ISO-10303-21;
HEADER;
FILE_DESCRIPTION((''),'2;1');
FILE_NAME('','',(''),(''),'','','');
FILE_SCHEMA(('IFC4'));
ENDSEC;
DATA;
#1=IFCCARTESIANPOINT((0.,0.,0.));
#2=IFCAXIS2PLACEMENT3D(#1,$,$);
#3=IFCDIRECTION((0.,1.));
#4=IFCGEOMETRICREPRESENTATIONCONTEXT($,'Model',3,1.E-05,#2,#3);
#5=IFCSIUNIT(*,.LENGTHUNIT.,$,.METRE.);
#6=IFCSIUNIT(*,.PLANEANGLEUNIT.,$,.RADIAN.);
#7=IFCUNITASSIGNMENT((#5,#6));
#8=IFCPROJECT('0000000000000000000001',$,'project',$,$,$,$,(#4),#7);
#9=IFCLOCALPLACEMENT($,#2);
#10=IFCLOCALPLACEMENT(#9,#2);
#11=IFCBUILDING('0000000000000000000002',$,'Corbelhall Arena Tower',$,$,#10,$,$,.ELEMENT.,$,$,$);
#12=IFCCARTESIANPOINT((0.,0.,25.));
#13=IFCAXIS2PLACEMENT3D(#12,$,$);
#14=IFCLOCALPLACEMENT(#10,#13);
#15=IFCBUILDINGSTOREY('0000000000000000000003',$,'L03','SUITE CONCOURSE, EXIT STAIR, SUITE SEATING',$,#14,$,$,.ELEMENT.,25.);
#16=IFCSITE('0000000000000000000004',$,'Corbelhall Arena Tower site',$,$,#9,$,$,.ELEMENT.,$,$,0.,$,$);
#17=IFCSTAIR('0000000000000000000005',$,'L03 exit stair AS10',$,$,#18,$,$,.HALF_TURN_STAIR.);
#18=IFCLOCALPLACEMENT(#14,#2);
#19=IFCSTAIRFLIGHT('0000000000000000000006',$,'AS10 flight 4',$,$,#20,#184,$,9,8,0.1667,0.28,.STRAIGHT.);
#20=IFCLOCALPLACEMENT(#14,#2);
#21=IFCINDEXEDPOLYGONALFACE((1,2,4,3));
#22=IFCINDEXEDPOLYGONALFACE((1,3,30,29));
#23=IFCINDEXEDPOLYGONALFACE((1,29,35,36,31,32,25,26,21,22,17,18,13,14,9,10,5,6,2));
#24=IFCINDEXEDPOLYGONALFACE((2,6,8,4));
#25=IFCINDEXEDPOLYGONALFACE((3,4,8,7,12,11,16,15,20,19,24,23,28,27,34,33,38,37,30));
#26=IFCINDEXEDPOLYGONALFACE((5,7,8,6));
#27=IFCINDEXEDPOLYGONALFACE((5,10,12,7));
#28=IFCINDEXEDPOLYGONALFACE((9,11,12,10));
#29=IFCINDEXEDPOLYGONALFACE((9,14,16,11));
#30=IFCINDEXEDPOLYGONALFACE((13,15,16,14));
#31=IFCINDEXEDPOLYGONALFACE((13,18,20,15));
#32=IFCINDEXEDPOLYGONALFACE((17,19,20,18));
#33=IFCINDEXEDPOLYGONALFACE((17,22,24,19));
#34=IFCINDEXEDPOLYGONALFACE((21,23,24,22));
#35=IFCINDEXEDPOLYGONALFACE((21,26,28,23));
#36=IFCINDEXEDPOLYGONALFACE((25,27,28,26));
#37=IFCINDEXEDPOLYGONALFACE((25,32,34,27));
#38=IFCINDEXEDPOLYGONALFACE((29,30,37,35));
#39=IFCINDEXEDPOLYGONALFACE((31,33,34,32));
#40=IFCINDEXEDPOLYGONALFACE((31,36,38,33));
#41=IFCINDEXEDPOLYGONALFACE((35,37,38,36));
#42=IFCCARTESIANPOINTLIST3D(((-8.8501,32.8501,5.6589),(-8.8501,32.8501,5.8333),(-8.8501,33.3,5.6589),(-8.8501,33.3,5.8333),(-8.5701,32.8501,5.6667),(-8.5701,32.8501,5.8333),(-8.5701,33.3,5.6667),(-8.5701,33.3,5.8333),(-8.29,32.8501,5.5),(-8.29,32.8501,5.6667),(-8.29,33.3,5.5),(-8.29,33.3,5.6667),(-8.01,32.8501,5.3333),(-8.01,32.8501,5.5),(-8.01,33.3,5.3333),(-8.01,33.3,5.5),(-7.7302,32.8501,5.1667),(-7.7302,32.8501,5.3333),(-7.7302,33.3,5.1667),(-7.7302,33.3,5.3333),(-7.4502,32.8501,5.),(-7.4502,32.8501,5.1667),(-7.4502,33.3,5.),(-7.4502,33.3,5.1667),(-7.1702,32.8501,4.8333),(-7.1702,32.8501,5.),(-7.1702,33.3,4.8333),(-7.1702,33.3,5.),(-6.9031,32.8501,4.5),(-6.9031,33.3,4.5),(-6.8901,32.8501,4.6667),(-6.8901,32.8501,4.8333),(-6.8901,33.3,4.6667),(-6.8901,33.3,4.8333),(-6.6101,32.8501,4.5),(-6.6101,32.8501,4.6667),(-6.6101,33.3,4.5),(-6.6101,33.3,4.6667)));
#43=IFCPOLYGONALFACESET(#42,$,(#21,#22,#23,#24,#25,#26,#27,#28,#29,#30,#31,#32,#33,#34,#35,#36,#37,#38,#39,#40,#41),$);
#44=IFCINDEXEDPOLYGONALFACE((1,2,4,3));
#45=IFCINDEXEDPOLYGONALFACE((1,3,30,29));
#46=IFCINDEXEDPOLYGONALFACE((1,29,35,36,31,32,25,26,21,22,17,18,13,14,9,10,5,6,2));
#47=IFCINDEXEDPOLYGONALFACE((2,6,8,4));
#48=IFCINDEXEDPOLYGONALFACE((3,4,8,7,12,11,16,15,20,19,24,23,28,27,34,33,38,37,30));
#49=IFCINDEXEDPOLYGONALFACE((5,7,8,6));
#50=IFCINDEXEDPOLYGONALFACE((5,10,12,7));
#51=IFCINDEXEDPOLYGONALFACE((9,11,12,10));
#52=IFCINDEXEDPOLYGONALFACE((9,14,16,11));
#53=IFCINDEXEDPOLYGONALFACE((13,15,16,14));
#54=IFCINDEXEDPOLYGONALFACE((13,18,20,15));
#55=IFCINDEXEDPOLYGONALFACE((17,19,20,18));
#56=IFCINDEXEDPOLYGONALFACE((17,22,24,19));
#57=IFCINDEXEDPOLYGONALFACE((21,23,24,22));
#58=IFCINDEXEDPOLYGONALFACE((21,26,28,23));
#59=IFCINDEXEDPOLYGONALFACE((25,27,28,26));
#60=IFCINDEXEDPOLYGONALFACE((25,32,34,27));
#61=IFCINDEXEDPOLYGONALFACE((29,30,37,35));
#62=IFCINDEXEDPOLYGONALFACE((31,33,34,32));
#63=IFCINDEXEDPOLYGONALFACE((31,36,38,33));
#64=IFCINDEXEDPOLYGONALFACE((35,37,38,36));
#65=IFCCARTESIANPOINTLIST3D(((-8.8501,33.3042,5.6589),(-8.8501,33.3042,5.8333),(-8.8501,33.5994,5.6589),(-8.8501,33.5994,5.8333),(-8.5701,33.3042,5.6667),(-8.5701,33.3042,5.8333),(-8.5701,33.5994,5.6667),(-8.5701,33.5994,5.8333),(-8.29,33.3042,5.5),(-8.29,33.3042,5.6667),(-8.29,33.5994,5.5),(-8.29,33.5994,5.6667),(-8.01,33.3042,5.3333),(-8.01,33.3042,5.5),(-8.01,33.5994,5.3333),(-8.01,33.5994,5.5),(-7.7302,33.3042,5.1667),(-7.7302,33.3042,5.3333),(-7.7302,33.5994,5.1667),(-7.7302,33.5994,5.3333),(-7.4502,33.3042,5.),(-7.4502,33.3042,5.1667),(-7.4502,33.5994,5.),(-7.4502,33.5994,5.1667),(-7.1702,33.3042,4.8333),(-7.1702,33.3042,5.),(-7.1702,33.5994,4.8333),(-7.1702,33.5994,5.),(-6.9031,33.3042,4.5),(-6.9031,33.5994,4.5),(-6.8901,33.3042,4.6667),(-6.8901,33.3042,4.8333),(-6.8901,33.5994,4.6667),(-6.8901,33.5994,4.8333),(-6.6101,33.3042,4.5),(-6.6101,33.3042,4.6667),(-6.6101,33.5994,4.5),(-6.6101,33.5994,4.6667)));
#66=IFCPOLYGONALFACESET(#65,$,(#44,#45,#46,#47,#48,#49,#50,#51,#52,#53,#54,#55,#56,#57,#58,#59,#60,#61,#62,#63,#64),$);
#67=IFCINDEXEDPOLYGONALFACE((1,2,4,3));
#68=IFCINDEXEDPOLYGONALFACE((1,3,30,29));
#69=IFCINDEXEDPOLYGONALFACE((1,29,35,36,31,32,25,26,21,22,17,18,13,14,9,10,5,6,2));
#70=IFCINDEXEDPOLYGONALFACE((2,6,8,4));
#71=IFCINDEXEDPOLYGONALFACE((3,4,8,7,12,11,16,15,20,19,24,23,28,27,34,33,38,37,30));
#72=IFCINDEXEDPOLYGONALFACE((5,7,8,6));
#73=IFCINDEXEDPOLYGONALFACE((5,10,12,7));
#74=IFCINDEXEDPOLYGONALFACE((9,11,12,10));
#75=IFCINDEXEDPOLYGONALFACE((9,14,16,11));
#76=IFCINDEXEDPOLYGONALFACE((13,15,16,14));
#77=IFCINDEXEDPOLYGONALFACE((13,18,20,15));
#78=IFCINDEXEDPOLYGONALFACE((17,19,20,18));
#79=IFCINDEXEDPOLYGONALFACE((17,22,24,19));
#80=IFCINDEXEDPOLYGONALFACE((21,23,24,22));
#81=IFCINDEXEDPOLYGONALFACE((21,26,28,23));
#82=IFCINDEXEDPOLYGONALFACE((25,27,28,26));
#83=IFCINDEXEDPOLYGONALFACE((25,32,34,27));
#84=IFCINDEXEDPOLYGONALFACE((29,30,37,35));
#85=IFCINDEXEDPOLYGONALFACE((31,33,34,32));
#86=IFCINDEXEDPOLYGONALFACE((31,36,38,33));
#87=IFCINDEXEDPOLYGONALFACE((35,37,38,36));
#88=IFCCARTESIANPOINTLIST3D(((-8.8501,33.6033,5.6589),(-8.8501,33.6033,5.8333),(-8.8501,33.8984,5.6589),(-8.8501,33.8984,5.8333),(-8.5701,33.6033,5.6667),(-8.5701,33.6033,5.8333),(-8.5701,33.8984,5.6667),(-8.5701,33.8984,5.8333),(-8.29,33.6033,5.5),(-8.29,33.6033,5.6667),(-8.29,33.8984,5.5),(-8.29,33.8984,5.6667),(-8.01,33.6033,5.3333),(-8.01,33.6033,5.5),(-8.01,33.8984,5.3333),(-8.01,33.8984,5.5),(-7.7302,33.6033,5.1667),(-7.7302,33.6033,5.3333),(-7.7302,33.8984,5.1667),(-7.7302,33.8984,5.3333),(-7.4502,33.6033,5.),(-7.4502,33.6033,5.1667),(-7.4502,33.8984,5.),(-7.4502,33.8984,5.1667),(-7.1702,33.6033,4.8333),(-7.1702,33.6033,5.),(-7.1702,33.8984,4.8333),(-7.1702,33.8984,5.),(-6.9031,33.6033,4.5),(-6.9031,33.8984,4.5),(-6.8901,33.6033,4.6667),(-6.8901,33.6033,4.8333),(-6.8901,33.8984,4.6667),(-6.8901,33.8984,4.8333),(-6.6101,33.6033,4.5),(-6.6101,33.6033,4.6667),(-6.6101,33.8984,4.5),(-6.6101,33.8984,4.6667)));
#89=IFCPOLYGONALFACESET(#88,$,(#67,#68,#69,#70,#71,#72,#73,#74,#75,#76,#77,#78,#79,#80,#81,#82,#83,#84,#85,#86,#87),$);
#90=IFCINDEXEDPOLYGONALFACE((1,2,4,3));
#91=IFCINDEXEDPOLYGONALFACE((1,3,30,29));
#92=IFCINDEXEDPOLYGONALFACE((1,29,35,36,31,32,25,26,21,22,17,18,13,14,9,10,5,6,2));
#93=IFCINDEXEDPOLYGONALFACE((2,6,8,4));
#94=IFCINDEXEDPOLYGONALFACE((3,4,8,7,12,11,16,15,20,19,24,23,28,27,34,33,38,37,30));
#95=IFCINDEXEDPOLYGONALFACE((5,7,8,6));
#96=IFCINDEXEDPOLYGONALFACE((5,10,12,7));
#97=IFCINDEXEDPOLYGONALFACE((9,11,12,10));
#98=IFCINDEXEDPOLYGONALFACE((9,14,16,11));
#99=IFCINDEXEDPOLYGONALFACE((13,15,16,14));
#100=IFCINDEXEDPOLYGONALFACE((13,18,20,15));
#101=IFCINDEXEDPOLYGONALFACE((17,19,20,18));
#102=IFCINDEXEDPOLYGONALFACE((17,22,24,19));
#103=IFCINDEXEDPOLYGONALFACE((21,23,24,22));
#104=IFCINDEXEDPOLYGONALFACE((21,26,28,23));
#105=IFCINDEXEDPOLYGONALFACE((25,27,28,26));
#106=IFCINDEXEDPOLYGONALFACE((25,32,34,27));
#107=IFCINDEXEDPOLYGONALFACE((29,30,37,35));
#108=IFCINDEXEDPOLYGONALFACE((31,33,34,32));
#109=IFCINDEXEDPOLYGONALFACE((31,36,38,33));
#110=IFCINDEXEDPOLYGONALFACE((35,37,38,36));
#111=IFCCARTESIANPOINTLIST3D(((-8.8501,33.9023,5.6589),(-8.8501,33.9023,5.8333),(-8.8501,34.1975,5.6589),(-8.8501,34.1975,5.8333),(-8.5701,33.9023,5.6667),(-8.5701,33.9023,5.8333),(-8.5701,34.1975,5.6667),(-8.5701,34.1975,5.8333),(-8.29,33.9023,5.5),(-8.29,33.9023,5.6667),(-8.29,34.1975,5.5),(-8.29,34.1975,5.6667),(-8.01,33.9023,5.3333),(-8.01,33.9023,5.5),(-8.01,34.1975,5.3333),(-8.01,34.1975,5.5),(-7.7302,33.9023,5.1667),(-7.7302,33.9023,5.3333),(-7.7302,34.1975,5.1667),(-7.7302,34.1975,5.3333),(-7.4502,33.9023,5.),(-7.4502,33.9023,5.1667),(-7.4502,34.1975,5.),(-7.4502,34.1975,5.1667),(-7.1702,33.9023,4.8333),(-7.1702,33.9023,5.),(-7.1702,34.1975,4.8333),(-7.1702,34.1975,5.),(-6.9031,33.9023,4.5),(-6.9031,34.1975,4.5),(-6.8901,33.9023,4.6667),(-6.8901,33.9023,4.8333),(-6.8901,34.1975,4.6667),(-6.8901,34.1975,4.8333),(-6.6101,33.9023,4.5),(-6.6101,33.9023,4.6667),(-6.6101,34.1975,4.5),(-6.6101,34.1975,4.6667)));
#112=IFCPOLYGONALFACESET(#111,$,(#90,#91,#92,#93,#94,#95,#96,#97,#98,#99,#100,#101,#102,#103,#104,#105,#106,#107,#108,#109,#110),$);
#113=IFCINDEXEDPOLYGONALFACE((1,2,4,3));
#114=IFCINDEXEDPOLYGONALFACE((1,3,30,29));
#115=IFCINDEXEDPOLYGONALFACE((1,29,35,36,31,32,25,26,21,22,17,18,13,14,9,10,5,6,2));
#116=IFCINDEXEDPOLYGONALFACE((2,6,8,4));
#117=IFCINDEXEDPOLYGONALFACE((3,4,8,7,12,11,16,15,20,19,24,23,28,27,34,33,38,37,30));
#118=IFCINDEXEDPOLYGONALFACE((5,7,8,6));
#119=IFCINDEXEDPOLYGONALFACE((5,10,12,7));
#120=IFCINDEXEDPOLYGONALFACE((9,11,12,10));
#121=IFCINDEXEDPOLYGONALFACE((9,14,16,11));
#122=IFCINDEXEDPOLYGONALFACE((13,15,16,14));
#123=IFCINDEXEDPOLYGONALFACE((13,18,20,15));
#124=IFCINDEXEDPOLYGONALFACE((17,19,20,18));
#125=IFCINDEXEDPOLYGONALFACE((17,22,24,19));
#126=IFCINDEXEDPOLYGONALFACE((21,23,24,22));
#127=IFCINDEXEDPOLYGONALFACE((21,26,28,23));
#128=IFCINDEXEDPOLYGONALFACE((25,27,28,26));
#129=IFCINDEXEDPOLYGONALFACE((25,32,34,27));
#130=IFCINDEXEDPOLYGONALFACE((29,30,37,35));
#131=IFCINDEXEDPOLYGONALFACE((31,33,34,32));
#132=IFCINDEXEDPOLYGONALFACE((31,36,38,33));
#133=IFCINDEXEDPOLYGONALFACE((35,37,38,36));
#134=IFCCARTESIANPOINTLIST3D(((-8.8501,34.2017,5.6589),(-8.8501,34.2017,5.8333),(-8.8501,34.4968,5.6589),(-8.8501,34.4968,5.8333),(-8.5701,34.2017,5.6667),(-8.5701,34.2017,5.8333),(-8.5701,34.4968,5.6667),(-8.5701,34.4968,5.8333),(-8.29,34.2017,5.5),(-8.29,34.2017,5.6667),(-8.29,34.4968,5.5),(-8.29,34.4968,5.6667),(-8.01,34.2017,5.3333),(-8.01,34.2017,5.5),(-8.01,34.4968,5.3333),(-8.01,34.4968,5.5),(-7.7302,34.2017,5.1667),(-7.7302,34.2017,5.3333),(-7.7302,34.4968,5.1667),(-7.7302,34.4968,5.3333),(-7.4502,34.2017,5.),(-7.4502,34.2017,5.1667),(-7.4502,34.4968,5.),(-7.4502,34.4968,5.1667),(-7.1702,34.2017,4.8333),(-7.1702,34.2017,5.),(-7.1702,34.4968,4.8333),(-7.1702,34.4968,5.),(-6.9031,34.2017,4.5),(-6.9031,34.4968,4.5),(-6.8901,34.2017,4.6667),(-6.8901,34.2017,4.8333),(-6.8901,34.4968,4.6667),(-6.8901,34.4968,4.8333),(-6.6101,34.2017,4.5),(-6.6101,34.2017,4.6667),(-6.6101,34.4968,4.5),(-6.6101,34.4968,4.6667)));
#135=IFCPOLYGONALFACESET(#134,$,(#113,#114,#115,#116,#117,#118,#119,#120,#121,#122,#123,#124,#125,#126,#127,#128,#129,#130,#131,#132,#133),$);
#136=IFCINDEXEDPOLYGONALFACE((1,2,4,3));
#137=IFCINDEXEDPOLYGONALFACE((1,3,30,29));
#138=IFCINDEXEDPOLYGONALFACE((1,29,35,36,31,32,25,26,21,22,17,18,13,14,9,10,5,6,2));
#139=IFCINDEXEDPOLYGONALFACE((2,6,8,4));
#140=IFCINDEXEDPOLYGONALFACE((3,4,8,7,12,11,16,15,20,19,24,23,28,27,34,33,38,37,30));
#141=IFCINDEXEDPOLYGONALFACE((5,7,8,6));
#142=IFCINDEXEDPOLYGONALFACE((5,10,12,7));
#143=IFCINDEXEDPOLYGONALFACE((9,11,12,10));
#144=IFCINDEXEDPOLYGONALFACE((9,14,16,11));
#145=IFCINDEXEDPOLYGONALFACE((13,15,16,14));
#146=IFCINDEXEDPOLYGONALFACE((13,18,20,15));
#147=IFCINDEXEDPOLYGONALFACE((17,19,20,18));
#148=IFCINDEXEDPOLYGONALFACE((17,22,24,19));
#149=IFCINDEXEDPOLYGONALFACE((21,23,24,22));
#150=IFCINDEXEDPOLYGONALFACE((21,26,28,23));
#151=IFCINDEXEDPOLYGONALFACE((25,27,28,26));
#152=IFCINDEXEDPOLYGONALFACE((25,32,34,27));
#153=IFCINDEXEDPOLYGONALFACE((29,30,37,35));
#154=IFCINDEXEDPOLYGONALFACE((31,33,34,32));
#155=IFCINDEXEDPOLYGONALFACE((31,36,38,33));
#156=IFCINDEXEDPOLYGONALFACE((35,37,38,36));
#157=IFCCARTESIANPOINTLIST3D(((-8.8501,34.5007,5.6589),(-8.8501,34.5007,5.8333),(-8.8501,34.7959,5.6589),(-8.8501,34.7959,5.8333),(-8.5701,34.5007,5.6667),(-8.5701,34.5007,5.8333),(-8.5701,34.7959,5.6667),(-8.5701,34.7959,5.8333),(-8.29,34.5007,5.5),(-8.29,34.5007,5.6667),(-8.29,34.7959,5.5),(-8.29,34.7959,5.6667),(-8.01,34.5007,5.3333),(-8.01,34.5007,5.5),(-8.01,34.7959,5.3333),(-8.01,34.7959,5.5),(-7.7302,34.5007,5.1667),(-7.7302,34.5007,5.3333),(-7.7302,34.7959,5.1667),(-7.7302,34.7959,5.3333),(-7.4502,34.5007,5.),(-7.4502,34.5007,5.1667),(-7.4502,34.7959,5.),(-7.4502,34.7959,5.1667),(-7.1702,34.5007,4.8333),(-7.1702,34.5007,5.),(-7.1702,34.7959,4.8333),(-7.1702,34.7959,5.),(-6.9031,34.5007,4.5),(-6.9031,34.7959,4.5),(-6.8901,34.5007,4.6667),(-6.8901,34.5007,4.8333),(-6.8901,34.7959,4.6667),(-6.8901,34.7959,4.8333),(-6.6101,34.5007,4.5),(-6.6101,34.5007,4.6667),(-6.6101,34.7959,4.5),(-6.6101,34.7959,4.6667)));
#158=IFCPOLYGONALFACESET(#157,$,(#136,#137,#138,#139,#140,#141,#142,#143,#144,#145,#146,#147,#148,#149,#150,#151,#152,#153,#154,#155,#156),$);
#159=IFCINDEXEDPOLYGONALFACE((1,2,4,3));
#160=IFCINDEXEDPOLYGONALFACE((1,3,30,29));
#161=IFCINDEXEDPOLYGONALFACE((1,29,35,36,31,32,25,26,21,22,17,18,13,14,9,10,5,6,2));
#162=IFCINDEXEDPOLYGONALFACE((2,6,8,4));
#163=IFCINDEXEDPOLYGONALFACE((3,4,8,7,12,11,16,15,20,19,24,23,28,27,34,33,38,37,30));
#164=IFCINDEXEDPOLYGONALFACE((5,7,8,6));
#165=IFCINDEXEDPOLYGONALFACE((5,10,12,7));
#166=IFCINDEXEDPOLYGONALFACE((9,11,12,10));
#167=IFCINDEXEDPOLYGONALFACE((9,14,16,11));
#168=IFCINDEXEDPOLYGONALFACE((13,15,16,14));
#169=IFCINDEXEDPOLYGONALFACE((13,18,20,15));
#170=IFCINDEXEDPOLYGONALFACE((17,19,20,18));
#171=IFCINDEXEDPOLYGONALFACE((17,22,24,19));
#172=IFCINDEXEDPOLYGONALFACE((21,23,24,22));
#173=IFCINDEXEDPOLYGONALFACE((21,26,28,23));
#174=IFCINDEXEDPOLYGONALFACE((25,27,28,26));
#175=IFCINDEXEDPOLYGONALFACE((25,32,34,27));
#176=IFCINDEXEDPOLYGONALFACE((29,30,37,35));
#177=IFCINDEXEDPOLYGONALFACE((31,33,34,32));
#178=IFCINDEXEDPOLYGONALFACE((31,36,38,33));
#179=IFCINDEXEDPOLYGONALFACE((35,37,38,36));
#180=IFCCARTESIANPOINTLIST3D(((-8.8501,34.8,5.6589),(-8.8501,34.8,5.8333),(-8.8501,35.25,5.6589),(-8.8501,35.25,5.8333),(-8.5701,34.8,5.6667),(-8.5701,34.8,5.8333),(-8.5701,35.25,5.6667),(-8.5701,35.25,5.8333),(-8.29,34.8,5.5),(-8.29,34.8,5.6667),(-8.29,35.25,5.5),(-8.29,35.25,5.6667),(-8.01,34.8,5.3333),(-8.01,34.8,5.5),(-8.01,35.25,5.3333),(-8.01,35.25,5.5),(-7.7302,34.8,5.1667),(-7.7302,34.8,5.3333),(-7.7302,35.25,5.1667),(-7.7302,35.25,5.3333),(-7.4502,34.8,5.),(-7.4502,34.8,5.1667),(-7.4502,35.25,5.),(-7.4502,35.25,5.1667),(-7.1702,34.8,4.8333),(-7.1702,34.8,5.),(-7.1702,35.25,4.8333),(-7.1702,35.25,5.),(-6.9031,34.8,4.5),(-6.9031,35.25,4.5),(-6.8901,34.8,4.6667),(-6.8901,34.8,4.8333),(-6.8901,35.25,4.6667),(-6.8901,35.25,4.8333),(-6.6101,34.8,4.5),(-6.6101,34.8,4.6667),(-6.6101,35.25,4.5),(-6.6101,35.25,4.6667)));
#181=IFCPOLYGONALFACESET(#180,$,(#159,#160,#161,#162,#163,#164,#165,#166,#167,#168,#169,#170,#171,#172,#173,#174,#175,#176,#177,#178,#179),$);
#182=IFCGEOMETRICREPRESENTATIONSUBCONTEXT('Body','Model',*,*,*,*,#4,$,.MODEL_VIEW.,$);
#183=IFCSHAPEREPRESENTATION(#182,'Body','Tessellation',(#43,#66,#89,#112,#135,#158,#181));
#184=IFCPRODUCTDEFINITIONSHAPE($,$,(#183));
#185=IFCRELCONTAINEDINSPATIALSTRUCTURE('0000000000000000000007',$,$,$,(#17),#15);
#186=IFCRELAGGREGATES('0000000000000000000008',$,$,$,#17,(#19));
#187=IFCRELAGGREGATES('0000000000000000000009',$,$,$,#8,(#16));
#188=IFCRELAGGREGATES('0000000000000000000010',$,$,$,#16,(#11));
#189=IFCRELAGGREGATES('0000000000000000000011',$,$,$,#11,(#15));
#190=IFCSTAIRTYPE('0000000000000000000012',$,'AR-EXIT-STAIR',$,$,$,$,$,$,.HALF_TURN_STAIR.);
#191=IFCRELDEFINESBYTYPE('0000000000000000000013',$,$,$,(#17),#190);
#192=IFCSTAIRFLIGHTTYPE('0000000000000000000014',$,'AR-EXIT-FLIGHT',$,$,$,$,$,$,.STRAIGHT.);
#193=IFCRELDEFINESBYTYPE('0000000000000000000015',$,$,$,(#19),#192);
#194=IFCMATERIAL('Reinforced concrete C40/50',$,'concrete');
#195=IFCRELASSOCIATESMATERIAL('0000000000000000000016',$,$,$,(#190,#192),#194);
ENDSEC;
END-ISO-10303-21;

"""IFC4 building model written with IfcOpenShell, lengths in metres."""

from ifc_helpers import new_model, si_unit, direction, frame, origin, place, context, subcontext, project, spatial, polyline, outline, extrude, material, type_object, element, aggregate, save


model = new_model("IFC4")

# Units and contexts
model_context = context("Model", 3, precision=1e-05, world=origin(), true_north=direction((0.0, 1.0)))
body_context = subcontext(model_context, "Body", "Model", "MODEL_VIEW")
ifc_project = project(units=[si_unit("LENGTHUNIT", "METRE"), si_unit("PLANEANGLEUNIT", "RADIAN")], contexts=[model_context])

# Site, building, storey
site_placement = place(None, origin())
site = spatial("IfcSite", under=ifc_project, at=site_placement, Name="Corbelhall Arena Tower site", CompositionType="ELEMENT", RefElevation=0.0)
building_placement = place(site_placement, origin())
building = spatial("IfcBuilding", under=site, at=building_placement, Name="Corbelhall Arena Tower", CompositionType="ELEMENT")
storey_placement = place(building_placement, frame((0.0, 0.0, 25.0)))
storey = spatial("IfcBuildingStorey", under=building, at=storey_placement, Name="L03", Description="SUITE CONCOURSE, EXIT STAIR, SUITE SEATING", CompositionType="ELEMENT", Elevation=25.0)

# Shared definitions
ifc_material_1 = material(Name="Reinforced concrete C40/50", Category="concrete")

# Stair, stair flight
stair_type = type_object("IfcStairType", Name="AR-EXIT-STAIR", PredefinedType="HALF_TURN_STAIR", material=ifc_material_1)
stair_placement = place(storey_placement, origin())
stair = element("IfcStair", 1, at=stair_placement, inside=storey, type_object=stair_type, Name="L03 exit stair AS10", PredefinedType="HALF_TURN_STAIR")
stair_flight_type = type_object("IfcStairFlightType", Name="AR-EXIT-FLIGHT", PredefinedType="STRAIGHT", material=ifc_material_1)
stair_flight_1_placement = place(storey_placement, frame((-6.6101, 34.05, 4.5), z_axis=(0.0, 0.0, 1.0), x_axis=(-1.0, 0.0, 0.0)))
stair_flight_1 = element("IfcStairFlight", 2, at=stair_flight_1_placement, type_object=stair_flight_type, Name="AS10 flight 4", NumberOfRisers=9, NumberOfTreads=8, PredefinedType="STRAIGHT", RiserHeight=0.1667, TreadLength=0.28, context=body_context, shape_type="SweptSolid", body=[
    extrude(outline(polyline([(0.0, 0.0), (0.0, 0.1667), (0.28, 0.1667), (0.28, 0.3333), (0.5601, 0.3333), (0.5601, 0.5), (0.8401, 0.5), (0.8401, 0.6667), (1.1201, 0.6667), (1.1201, 0.8333), (1.3999, 0.8333), (1.3999, 1.0), (1.6799, 1.0), (1.6799, 1.1667), (1.96, 1.1667), (1.96, 1.3333), (2.24, 1.3333), (2.24, 1.5), (2.24, 1.1589), (0.293, 0.0), (0.0, 0.0)])), frame((0.0, 1.2, 0.0), z_axis=(0.0, -1.0, 0.0), x_axis=(1.0, 0.0, 0.0)), (0.0, 0.0, 1.0), 0.45),
    extrude(outline(polyline([(0.0, 0.0), (0.0, 0.1667), (0.28, 0.1667), (0.28, 0.3333), (0.5601, 0.3333), (0.5601, 0.5), (0.8401, 0.5), (0.8401, 0.6667), (1.1201, 0.6667), (1.1201, 0.8333), (1.3999, 0.8333), (1.3999, 1.0), (1.6799, 1.0), (1.6799, 1.1667), (1.96, 1.1667), (1.96, 1.3333), (2.24, 1.3333), (2.24, 1.5), (2.24, 1.1589), (0.293, 0.0), (0.0, 0.0)])), frame((0.0, 0.7458, 0.0), z_axis=(0.0, -1.0, 0.0), x_axis=(1.0, 0.0, 0.0)), (0.0, 0.0, 1.0), 0.2952),
    extrude(outline(polyline([(0.0, 0.0), (0.0, 0.1667), (0.28, 0.1667), (0.28, 0.3333), (0.5601, 0.3333), (0.5601, 0.5), (0.8401, 0.5), (0.8401, 0.6667), (1.1201, 0.6667), (1.1201, 0.8333), (1.3999, 0.8333), (1.3999, 1.0), (1.6799, 1.0), (1.6799, 1.1667), (1.96, 1.1667), (1.96, 1.3333), (2.24, 1.3333), (2.24, 1.5), (2.24, 1.1589), (0.293, 0.0), (0.0, 0.0)])), frame((0.0, 0.4468, 0.0), z_axis=(0.0, -1.0, 0.0), x_axis=(1.0, 0.0, 0.0)), (0.0, 0.0, 1.0), 0.2952),
    extrude(outline(polyline([(0.0, 0.0), (0.0, 0.1667), (0.28, 0.1667), (0.28, 0.3333), (0.5601, 0.3333), (0.5601, 0.5), (0.8401, 0.5), (0.8401, 0.6667), (1.1201, 0.6667), (1.1201, 0.8333), (1.3999, 0.8333), (1.3999, 1.0), (1.6799, 1.0), (1.6799, 1.1667), (1.96, 1.1667), (1.96, 1.3333), (2.24, 1.3333), (2.24, 1.5), (2.24, 1.1589), (0.293, 0.0), (0.0, 0.0)])), frame((0.0, 0.1477, 0.0), z_axis=(0.0, -1.0, 0.0), x_axis=(1.0, 0.0, 0.0)), (0.0, 0.0, 1.0), 0.2952),
    extrude(outline(polyline([(0.0, 0.0), (0.0, 0.1667), (0.28, 0.1667), (0.28, 0.3333), (0.5601, 0.3333), (0.5601, 0.5), (0.8401, 0.5), (0.8401, 0.6667), (1.1201, 0.6667), (1.1201, 0.8333), (1.3999, 0.8333), (1.3999, 1.0), (1.6799, 1.0), (1.6799, 1.1667), (1.96, 1.1667), (1.96, 1.3333), (2.24, 1.3333), (2.24, 1.5), (2.24, 1.1589), (0.293, 0.0), (0.0, 0.0)])), frame((0.0, -0.1516, 0.0), z_axis=(0.0, -1.0, 0.0), x_axis=(1.0, 0.0, 0.0)), (0.0, 0.0, 1.0), 0.2952),
    extrude(outline(polyline([(0.0, 0.0), (0.0, 0.1667), (0.28, 0.1667), (0.28, 0.3333), (0.5601, 0.3333), (0.5601, 0.5), (0.8401, 0.5), (0.8401, 0.6667), (1.1201, 0.6667), (1.1201, 0.8333), (1.3999, 0.8333), (1.3999, 1.0), (1.6799, 1.0), (1.6799, 1.1667), (1.96, 1.1667), (1.96, 1.3333), (2.24, 1.3333), (2.24, 1.5), (2.24, 1.1589), (0.293, 0.0), (0.0, 0.0)])), frame((0.0, -0.4507, 0.0), z_axis=(0.0, -1.0, 0.0), x_axis=(1.0, 0.0, 0.0)), (0.0, 0.0, 1.0), 0.2952),
    extrude(outline(polyline([(0.0, 0.0), (0.0, 0.1667), (0.28, 0.1667), (0.28, 0.3333), (0.5601, 0.3333), (0.5601, 0.5), (0.8401, 0.5), (0.8401, 0.6667), (1.1201, 0.6667), (1.1201, 0.8333), (1.3999, 0.8333), (1.3999, 1.0), (1.6799, 1.0), (1.6799, 1.1667), (1.96, 1.1667), (1.96, 1.3333), (2.24, 1.3333), (2.24, 1.5), (2.24, 1.1589), (0.293, 0.0), (0.0, 0.0)])), frame((0.0, -0.75, 0.0), z_axis=(0.0, -1.0, 0.0), x_axis=(1.0, 0.0, 0.0)), (0.0, 0.0, 1.0), 0.45),
])
aggregate(stair, [stair_flight_1])

save(model, "model.ifc")
